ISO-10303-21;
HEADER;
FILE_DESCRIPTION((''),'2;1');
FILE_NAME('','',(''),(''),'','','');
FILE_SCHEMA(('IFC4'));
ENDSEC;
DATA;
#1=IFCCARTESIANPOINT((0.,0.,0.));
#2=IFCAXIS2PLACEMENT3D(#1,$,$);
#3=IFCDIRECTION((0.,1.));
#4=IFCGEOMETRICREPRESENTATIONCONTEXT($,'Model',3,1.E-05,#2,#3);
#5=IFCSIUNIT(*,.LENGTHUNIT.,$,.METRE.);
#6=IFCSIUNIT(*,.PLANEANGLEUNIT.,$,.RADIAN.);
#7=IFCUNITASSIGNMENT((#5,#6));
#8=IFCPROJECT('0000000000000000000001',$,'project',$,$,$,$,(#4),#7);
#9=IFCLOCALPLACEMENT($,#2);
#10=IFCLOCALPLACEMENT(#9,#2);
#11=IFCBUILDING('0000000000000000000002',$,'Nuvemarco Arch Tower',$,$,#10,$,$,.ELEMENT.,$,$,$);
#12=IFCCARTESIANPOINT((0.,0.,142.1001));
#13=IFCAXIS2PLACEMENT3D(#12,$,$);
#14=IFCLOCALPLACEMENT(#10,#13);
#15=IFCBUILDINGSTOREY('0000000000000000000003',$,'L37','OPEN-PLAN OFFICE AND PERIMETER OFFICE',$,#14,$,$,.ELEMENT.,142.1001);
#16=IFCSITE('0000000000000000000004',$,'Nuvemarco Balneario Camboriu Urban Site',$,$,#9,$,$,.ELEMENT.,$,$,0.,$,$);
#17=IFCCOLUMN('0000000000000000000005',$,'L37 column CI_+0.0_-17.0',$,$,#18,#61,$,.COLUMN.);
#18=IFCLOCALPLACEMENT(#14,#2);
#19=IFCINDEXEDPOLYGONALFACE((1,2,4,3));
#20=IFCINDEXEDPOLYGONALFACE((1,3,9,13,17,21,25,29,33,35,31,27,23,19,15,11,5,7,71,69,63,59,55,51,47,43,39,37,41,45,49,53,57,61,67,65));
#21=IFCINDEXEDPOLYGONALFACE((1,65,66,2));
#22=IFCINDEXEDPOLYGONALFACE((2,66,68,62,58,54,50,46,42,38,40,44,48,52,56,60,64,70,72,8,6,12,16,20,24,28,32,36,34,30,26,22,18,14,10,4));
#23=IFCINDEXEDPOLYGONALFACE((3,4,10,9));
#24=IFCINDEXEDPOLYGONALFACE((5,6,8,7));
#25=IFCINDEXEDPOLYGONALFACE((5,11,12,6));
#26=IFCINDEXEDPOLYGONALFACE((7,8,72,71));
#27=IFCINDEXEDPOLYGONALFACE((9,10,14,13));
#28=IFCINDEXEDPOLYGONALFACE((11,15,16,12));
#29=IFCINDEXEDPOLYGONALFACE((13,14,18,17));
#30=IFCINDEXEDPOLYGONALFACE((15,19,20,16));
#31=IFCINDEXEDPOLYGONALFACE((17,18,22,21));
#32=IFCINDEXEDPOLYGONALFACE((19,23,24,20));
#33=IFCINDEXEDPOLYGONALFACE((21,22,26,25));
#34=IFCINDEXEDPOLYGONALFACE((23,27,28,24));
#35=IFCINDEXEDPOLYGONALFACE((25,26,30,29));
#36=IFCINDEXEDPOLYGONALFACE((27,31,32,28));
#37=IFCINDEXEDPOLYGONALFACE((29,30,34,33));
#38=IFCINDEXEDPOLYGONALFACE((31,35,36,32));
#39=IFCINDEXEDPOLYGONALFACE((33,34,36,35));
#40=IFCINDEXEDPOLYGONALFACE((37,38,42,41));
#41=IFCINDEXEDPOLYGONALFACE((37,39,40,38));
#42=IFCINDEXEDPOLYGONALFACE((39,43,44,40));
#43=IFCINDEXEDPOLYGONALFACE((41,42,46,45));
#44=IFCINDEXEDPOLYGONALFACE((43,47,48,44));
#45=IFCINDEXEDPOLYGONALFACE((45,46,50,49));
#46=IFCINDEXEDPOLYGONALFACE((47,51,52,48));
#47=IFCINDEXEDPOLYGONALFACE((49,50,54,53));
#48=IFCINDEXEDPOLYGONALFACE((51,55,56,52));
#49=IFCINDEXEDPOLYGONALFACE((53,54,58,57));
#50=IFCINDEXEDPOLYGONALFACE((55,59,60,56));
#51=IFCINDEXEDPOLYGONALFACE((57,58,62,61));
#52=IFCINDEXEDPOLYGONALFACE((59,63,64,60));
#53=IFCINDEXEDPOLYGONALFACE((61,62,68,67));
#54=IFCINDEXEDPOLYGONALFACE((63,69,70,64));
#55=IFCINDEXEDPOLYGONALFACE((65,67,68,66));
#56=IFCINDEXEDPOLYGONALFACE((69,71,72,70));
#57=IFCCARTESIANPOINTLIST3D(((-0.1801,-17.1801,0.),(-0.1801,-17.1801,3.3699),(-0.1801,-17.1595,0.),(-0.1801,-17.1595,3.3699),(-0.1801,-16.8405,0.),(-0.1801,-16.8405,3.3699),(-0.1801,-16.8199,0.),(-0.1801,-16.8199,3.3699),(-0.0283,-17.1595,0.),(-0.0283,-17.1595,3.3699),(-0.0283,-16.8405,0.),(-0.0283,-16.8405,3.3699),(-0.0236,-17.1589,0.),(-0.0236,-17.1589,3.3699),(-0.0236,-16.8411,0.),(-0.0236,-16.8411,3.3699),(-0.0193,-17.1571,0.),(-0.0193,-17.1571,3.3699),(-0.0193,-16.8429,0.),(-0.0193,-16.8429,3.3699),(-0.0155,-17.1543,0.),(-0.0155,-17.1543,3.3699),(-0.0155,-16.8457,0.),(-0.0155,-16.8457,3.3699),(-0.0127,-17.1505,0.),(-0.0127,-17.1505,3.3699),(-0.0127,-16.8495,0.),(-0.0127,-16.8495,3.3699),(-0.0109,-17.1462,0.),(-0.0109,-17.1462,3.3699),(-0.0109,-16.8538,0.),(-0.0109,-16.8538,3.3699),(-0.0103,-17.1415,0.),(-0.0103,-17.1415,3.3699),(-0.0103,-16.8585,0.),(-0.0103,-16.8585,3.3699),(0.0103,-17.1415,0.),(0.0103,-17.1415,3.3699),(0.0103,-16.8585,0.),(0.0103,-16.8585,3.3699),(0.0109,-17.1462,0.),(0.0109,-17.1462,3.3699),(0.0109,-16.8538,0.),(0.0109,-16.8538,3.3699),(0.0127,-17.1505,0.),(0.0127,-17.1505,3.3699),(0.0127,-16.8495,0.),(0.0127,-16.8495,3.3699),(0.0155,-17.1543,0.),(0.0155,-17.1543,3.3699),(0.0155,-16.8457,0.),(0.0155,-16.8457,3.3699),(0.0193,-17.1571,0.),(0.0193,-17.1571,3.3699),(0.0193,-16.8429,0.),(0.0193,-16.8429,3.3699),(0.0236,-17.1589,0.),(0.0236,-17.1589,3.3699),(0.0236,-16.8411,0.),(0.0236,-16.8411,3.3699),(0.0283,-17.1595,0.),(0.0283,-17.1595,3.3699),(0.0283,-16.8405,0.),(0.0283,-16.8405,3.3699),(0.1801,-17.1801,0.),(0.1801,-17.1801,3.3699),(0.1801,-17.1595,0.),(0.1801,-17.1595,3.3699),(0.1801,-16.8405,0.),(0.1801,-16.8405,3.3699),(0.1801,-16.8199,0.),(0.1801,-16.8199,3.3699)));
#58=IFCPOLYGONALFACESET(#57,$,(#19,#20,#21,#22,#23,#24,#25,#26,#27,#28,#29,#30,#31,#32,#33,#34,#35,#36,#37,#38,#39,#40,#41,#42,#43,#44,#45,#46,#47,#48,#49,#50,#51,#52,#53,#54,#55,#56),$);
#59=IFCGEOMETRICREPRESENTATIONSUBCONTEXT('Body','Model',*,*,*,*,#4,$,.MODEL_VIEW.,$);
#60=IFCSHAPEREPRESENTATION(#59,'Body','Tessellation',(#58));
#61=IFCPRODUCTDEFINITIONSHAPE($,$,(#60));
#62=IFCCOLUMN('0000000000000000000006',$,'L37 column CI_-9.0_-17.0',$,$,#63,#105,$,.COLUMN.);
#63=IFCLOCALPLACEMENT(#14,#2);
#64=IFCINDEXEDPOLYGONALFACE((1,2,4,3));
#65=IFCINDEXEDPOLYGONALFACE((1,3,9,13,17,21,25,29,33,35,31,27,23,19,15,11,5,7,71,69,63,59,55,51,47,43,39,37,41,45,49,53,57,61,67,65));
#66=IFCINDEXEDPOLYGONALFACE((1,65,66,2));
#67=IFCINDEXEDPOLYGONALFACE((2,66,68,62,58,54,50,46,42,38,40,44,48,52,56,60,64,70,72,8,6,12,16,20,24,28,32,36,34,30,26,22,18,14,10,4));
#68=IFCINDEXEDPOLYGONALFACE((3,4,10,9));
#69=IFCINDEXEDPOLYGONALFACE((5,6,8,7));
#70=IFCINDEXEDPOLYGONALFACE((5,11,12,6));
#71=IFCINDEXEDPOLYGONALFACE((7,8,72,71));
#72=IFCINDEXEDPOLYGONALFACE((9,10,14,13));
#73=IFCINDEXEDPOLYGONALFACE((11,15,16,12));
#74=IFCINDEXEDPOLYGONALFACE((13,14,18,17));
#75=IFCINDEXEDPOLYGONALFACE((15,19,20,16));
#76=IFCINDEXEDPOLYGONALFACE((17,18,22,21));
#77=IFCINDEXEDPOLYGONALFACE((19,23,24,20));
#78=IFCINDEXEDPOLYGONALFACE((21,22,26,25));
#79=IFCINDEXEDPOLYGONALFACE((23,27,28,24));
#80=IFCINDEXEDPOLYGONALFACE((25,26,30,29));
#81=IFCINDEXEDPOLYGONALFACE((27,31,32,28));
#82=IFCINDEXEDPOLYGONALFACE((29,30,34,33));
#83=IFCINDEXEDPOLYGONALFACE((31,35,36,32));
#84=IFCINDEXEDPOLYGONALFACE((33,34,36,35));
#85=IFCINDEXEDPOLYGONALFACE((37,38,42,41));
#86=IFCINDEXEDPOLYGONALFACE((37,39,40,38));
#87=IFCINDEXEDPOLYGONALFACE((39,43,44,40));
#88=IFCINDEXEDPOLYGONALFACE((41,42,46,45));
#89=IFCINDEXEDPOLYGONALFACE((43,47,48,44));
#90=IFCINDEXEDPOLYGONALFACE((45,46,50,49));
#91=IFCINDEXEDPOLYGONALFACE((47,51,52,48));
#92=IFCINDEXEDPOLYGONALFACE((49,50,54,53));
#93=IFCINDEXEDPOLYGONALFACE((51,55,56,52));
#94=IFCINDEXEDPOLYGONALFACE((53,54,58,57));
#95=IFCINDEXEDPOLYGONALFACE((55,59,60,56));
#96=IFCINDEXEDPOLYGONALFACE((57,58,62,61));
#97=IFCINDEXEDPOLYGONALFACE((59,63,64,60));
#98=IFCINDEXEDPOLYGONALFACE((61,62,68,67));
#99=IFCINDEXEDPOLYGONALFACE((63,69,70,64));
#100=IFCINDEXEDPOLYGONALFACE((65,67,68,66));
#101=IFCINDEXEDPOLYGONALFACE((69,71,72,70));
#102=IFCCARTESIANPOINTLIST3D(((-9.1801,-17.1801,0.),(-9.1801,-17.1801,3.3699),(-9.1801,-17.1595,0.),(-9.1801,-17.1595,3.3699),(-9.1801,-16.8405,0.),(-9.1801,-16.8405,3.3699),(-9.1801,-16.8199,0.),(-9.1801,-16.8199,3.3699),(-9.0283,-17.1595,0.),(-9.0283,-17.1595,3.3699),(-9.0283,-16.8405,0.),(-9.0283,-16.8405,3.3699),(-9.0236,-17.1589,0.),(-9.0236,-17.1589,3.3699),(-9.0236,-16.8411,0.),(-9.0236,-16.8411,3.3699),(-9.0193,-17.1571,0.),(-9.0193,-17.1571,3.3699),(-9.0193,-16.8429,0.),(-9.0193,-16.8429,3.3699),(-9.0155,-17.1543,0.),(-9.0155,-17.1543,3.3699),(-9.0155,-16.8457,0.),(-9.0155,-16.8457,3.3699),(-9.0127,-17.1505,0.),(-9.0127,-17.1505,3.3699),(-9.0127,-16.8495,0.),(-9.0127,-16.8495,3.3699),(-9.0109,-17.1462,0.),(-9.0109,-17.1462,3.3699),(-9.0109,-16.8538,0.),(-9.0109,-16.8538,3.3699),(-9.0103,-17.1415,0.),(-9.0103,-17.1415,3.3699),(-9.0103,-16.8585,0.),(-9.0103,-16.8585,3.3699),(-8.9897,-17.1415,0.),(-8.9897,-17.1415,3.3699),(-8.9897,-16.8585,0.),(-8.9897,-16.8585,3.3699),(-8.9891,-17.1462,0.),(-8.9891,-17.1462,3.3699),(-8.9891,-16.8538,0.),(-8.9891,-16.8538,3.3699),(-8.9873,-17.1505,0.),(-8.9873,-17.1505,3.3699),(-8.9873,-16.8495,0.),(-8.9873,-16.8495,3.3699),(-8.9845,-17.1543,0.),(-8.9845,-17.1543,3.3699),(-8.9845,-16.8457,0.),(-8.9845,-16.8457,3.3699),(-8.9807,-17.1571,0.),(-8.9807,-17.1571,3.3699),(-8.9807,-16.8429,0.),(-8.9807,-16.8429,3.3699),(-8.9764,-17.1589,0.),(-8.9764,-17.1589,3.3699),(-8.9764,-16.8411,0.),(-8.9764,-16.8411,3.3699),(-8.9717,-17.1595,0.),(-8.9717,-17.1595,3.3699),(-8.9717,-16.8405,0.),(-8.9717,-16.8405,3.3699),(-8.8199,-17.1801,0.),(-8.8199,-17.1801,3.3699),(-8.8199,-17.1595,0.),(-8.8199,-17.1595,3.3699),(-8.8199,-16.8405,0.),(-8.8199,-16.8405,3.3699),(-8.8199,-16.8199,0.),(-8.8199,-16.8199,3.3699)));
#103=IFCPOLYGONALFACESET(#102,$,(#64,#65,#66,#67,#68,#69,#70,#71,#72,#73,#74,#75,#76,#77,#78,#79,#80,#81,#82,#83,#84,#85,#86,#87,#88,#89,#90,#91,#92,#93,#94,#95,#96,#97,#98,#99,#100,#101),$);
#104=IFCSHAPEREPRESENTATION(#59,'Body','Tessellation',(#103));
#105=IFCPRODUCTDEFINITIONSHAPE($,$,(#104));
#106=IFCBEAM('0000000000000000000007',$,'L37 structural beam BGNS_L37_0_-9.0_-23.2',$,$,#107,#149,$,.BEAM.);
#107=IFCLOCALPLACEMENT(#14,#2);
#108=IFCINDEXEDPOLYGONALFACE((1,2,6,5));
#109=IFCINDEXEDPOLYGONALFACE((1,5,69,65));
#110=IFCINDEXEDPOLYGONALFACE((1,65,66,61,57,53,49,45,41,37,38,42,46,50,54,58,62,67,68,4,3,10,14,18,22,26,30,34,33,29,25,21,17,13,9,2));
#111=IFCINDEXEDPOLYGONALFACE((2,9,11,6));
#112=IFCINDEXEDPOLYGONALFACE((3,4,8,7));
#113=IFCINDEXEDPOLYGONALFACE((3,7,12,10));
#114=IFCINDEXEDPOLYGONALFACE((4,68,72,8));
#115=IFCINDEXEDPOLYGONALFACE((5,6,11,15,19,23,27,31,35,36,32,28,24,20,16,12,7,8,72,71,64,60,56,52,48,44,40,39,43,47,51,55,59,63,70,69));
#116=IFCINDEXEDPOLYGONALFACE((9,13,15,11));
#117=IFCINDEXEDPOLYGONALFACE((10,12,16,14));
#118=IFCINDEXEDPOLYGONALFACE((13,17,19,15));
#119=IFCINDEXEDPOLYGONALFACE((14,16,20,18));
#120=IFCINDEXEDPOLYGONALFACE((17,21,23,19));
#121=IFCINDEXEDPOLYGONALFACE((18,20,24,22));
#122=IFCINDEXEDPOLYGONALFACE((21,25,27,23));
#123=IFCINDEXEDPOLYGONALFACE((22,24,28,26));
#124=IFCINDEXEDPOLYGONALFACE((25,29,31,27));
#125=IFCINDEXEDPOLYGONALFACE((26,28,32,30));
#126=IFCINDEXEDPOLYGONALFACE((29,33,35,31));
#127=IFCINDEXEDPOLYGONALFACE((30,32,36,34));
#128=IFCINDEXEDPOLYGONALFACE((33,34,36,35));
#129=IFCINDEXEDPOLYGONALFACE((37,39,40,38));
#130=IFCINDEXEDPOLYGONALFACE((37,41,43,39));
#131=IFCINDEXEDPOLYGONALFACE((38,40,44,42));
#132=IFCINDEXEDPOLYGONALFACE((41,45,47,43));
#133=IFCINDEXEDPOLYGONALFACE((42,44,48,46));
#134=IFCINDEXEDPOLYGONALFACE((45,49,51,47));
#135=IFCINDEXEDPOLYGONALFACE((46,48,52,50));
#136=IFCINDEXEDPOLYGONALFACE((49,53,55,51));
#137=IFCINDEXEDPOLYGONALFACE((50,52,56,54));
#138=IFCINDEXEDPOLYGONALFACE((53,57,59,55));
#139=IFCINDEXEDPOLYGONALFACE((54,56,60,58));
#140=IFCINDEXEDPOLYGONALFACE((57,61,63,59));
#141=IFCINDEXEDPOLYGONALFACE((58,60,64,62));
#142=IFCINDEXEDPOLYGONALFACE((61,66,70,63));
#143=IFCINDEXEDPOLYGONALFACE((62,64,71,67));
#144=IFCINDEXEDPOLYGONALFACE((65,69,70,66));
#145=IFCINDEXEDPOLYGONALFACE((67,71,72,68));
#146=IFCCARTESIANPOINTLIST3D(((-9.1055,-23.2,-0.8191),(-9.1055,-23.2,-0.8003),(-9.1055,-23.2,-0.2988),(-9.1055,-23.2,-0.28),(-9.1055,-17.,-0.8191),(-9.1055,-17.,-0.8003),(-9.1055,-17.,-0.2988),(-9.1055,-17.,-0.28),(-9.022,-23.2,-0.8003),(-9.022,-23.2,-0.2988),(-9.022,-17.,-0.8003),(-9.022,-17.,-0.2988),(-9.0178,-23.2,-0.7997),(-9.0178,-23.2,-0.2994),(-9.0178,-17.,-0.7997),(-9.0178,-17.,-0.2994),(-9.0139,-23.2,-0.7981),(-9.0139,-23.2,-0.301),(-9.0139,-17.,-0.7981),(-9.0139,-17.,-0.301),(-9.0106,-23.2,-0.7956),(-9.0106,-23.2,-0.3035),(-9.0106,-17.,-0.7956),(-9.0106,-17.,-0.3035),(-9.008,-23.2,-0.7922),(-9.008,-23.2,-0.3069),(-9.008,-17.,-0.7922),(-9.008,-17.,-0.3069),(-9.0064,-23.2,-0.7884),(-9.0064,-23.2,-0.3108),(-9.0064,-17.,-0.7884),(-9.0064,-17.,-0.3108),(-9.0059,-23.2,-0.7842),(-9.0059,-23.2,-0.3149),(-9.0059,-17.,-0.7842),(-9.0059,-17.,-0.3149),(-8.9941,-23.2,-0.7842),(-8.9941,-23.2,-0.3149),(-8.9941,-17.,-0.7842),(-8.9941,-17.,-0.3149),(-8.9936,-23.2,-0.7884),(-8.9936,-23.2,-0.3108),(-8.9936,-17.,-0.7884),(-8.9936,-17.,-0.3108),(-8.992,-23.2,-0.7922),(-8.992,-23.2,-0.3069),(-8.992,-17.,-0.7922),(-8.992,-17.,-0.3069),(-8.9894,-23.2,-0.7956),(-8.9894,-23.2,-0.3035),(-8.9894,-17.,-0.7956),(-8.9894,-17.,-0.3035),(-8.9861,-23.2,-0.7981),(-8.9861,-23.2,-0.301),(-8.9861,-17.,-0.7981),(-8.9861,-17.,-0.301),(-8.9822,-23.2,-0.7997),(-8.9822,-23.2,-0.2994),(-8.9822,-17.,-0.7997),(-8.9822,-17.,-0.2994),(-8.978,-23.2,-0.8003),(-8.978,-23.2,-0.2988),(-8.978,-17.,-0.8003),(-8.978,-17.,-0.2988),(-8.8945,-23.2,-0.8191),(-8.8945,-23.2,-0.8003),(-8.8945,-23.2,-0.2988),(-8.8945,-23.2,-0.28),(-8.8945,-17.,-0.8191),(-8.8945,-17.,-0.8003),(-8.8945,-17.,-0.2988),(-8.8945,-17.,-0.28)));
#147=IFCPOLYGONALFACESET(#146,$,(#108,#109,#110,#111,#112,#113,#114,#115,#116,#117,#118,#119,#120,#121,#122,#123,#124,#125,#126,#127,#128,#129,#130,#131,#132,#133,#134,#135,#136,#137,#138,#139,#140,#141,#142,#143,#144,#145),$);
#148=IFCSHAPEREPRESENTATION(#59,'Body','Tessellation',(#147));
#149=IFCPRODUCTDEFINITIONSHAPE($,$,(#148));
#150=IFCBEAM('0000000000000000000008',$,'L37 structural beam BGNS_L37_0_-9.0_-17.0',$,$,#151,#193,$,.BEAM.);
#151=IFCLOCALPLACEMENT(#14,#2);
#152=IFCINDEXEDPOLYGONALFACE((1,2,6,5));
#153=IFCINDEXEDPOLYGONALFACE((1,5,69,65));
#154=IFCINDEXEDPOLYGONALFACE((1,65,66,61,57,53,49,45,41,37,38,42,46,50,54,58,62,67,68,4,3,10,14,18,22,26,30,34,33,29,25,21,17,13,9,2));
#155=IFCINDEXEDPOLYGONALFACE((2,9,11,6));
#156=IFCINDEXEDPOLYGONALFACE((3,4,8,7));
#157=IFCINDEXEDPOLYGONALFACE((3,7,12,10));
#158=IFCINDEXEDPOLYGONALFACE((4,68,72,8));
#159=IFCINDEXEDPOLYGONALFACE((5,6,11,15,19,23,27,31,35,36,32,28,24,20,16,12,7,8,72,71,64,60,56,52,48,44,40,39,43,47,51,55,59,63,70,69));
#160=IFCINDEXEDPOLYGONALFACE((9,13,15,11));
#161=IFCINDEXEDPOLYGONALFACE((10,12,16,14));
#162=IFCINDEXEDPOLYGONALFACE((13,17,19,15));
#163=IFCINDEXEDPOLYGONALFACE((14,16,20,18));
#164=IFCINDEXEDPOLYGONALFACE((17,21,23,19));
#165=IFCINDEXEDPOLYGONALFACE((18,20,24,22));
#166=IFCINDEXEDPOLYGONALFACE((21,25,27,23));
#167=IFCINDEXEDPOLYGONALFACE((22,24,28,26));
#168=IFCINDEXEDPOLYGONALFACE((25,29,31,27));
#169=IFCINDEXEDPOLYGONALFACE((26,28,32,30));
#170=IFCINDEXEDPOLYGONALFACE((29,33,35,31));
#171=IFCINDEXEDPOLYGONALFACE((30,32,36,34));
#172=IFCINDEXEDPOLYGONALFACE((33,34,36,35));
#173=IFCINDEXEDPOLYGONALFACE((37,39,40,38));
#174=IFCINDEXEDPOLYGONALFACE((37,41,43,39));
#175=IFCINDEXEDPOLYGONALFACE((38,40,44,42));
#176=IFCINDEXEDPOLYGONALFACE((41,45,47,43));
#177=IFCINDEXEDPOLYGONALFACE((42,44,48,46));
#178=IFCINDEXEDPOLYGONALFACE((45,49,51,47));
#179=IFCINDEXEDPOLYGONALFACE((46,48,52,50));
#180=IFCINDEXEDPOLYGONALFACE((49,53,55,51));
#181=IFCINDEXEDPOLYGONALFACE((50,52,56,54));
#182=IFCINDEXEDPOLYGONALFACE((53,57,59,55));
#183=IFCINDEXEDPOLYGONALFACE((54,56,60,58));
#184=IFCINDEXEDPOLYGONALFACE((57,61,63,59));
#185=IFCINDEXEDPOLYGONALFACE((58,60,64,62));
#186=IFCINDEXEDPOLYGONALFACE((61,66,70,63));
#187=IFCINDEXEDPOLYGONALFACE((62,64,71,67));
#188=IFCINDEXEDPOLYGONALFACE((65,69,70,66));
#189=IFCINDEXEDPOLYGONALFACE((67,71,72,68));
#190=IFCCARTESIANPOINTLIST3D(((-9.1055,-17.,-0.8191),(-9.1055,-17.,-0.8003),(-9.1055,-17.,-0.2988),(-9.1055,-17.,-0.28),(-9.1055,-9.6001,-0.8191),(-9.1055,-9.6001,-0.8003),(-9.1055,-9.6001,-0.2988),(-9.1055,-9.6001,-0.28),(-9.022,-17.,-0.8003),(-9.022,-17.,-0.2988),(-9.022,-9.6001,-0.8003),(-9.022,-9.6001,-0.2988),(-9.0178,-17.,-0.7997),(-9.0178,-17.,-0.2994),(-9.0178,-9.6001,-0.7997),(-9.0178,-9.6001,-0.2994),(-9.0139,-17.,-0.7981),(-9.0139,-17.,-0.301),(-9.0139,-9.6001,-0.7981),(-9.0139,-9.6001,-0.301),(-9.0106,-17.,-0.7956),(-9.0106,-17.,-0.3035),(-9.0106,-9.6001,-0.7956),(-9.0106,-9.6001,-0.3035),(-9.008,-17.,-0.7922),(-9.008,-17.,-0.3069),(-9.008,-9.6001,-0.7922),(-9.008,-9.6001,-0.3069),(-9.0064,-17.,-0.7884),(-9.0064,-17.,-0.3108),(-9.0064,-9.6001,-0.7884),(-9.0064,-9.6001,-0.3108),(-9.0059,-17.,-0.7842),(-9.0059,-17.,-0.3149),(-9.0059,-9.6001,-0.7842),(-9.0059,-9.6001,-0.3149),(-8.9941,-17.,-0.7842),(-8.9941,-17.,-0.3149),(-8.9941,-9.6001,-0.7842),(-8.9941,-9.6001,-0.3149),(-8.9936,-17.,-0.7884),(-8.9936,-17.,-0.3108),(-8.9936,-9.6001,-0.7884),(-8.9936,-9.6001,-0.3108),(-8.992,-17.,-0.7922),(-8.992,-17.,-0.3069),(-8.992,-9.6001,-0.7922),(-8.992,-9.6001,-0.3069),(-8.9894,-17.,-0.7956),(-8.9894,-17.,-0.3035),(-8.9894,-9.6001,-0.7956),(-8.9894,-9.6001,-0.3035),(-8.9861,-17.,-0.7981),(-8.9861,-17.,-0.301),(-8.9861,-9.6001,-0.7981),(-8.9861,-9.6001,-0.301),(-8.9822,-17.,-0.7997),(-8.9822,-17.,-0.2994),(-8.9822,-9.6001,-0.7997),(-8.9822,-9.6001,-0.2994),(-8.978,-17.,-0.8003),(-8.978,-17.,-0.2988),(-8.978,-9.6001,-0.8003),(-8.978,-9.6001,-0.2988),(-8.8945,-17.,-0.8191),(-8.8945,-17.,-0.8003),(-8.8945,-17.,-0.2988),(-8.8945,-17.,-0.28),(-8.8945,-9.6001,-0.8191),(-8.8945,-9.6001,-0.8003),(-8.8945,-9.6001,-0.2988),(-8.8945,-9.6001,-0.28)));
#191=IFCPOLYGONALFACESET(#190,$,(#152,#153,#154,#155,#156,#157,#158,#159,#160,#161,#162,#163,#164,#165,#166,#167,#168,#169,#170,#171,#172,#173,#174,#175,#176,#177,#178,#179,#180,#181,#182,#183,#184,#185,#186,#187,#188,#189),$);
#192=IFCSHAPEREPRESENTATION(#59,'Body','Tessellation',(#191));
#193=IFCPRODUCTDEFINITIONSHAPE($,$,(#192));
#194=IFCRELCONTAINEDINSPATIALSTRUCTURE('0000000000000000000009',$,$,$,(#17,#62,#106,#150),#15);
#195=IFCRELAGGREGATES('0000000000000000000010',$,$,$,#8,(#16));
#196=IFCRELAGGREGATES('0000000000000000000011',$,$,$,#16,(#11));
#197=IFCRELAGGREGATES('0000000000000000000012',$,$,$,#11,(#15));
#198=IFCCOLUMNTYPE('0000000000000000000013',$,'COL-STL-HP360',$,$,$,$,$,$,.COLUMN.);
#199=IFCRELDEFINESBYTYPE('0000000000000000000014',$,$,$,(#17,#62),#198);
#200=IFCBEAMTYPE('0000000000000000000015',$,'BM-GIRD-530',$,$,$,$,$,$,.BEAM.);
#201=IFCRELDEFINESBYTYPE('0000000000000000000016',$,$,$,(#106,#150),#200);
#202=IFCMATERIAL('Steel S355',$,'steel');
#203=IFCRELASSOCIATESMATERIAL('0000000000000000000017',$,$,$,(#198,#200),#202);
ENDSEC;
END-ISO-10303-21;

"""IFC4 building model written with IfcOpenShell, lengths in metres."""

from ifc_helpers import new_model, si_unit, direction, frame, origin, origin_2d, place, context, subcontext, project, spatial, i_section, extrude, material, material_profile, profile_set, type_object, element, save


model = new_model("IFC4")

# Units and contexts
model_context = context("Model", 3, precision=1e-05, world=origin(), true_north=direction((0.0, 1.0)))
body_context = subcontext(model_context, "Body", "Model", "MODEL_VIEW")
ifc_project = project(units=[si_unit("LENGTHUNIT", "METRE"), si_unit("PLANEANGLEUNIT", "RADIAN")], contexts=[model_context])

# Site, building, storey
site_placement = place(None, origin())
site = spatial("IfcSite", under=ifc_project, at=site_placement, Name="Nuvemarco Balneario Camboriu Urban Site", CompositionType="ELEMENT", RefElevation=0.0)
building_placement = place(site_placement, origin())
building = spatial("IfcBuilding", under=site, at=building_placement, Name="Nuvemarco Arch Tower", CompositionType="ELEMENT")
storey_placement = place(building_placement, frame((0.0, 0.0, 142.1001)))
storey = spatial("IfcBuildingStorey", under=building, at=storey_placement, Name="L37", Description="OPEN-PLAN OFFICE AND PERIMETER OFFICE", CompositionType="ELEMENT", Elevation=142.1001)

# Columns
ifc_material_1 = material(Name="Steel S355", Category="steel")
ifc_material_profile_1 = material_profile(ifc_material_1, i_section(OverallWidth=0.3601, OverallDepth=0.3601, WebThickness=0.0205, FlangeThickness=0.0205, FilletRadius=0.0181, at=origin_2d()), Name="HP360x174")
ifc_profile_set_1 = profile_set([ifc_material_profile_1], Name="Steel S355")
column_type_1 = type_object("IfcColumnType", Name="COL-STL-HP360", PredefinedType="COLUMN", material=ifc_profile_set_1)
for number, where, z_axis, x_axis, name in (
    (1, (0.0, -17.0, 0.0), (0.0, 0.0, 1.0), (1.0, 0.0, 0.0), "L37 column CI_+0.0_-17.0"),
    (2, (-9.0, -17.0, 0.0), (0.0, 0.0, 1.0), (1.0, 0.0, 0.0), "L37 column CI_-9.0_-17.0"),
):
    element("IfcColumn", number, at=place(storey_placement, frame(where, z_axis=z_axis, x_axis=x_axis)), inside=storey, type_object=column_type_1, Name=name, PredefinedType="COLUMN", context=body_context, shape_type="SweptSolid", body=[
        extrude(i_section(OverallWidth=0.3601, OverallDepth=0.3601, WebThickness=0.0205, FlangeThickness=0.0205, FilletRadius=0.0181, at=origin_2d()), origin(), (0.0, 0.0, 1.0), 3.3699),
    ])

# Beams
ifc_material_profile_2 = material_profile(ifc_material_1, i_section(OverallWidth=0.2109, OverallDepth=0.5391, WebThickness=0.0117, FlangeThickness=0.0188, FilletRadius=0.0161, at=origin_2d()), Name="W530x109")
ifc_profile_set_2 = profile_set([ifc_material_profile_2], Name="Steel S355")
beam_type_1 = type_object("IfcBeamType", Name="BM-GIRD-530", PredefinedType="BEAM", material=ifc_profile_set_2)
beam_1_placement = place(storey_placement, frame((-9.0, -23.2, -0.5496), z_axis=(0.0, 1.0, 0.0), x_axis=(-1.0, 0.0, 0.0)))
element("IfcBeam", 3, at=beam_1_placement, inside=storey, type_object=beam_type_1, Name="L37 structural beam BGNS_L37_0_-9.0_-23.2", PredefinedType="BEAM", context=body_context, shape_type="SweptSolid", body=[
    extrude(i_section(OverallWidth=0.2109, OverallDepth=0.5391, WebThickness=0.0117, FlangeThickness=0.0188, FilletRadius=0.0161, at=origin_2d()), origin(), (0.0, 0.0, 1.0), 6.2),
])
beam_2_placement = place(storey_placement, frame((-9.0, -17.0, -0.5496), z_axis=(0.0, 1.0, 0.0), x_axis=(-1.0, 0.0, 0.0)))
element("IfcBeam", 4, at=beam_2_placement, inside=storey, type_object=beam_type_1, Name="L37 structural beam BGNS_L37_0_-9.0_-17.0", PredefinedType="BEAM", context=body_context, shape_type="SweptSolid", body=[
    extrude(i_section(OverallWidth=0.2109, OverallDepth=0.5391, WebThickness=0.0117, FlangeThickness=0.0188, FilletRadius=0.0161, at=origin_2d()), origin(), (0.0, 0.0, 1.0), 7.3999),
])

save(model, "model.ifc")
